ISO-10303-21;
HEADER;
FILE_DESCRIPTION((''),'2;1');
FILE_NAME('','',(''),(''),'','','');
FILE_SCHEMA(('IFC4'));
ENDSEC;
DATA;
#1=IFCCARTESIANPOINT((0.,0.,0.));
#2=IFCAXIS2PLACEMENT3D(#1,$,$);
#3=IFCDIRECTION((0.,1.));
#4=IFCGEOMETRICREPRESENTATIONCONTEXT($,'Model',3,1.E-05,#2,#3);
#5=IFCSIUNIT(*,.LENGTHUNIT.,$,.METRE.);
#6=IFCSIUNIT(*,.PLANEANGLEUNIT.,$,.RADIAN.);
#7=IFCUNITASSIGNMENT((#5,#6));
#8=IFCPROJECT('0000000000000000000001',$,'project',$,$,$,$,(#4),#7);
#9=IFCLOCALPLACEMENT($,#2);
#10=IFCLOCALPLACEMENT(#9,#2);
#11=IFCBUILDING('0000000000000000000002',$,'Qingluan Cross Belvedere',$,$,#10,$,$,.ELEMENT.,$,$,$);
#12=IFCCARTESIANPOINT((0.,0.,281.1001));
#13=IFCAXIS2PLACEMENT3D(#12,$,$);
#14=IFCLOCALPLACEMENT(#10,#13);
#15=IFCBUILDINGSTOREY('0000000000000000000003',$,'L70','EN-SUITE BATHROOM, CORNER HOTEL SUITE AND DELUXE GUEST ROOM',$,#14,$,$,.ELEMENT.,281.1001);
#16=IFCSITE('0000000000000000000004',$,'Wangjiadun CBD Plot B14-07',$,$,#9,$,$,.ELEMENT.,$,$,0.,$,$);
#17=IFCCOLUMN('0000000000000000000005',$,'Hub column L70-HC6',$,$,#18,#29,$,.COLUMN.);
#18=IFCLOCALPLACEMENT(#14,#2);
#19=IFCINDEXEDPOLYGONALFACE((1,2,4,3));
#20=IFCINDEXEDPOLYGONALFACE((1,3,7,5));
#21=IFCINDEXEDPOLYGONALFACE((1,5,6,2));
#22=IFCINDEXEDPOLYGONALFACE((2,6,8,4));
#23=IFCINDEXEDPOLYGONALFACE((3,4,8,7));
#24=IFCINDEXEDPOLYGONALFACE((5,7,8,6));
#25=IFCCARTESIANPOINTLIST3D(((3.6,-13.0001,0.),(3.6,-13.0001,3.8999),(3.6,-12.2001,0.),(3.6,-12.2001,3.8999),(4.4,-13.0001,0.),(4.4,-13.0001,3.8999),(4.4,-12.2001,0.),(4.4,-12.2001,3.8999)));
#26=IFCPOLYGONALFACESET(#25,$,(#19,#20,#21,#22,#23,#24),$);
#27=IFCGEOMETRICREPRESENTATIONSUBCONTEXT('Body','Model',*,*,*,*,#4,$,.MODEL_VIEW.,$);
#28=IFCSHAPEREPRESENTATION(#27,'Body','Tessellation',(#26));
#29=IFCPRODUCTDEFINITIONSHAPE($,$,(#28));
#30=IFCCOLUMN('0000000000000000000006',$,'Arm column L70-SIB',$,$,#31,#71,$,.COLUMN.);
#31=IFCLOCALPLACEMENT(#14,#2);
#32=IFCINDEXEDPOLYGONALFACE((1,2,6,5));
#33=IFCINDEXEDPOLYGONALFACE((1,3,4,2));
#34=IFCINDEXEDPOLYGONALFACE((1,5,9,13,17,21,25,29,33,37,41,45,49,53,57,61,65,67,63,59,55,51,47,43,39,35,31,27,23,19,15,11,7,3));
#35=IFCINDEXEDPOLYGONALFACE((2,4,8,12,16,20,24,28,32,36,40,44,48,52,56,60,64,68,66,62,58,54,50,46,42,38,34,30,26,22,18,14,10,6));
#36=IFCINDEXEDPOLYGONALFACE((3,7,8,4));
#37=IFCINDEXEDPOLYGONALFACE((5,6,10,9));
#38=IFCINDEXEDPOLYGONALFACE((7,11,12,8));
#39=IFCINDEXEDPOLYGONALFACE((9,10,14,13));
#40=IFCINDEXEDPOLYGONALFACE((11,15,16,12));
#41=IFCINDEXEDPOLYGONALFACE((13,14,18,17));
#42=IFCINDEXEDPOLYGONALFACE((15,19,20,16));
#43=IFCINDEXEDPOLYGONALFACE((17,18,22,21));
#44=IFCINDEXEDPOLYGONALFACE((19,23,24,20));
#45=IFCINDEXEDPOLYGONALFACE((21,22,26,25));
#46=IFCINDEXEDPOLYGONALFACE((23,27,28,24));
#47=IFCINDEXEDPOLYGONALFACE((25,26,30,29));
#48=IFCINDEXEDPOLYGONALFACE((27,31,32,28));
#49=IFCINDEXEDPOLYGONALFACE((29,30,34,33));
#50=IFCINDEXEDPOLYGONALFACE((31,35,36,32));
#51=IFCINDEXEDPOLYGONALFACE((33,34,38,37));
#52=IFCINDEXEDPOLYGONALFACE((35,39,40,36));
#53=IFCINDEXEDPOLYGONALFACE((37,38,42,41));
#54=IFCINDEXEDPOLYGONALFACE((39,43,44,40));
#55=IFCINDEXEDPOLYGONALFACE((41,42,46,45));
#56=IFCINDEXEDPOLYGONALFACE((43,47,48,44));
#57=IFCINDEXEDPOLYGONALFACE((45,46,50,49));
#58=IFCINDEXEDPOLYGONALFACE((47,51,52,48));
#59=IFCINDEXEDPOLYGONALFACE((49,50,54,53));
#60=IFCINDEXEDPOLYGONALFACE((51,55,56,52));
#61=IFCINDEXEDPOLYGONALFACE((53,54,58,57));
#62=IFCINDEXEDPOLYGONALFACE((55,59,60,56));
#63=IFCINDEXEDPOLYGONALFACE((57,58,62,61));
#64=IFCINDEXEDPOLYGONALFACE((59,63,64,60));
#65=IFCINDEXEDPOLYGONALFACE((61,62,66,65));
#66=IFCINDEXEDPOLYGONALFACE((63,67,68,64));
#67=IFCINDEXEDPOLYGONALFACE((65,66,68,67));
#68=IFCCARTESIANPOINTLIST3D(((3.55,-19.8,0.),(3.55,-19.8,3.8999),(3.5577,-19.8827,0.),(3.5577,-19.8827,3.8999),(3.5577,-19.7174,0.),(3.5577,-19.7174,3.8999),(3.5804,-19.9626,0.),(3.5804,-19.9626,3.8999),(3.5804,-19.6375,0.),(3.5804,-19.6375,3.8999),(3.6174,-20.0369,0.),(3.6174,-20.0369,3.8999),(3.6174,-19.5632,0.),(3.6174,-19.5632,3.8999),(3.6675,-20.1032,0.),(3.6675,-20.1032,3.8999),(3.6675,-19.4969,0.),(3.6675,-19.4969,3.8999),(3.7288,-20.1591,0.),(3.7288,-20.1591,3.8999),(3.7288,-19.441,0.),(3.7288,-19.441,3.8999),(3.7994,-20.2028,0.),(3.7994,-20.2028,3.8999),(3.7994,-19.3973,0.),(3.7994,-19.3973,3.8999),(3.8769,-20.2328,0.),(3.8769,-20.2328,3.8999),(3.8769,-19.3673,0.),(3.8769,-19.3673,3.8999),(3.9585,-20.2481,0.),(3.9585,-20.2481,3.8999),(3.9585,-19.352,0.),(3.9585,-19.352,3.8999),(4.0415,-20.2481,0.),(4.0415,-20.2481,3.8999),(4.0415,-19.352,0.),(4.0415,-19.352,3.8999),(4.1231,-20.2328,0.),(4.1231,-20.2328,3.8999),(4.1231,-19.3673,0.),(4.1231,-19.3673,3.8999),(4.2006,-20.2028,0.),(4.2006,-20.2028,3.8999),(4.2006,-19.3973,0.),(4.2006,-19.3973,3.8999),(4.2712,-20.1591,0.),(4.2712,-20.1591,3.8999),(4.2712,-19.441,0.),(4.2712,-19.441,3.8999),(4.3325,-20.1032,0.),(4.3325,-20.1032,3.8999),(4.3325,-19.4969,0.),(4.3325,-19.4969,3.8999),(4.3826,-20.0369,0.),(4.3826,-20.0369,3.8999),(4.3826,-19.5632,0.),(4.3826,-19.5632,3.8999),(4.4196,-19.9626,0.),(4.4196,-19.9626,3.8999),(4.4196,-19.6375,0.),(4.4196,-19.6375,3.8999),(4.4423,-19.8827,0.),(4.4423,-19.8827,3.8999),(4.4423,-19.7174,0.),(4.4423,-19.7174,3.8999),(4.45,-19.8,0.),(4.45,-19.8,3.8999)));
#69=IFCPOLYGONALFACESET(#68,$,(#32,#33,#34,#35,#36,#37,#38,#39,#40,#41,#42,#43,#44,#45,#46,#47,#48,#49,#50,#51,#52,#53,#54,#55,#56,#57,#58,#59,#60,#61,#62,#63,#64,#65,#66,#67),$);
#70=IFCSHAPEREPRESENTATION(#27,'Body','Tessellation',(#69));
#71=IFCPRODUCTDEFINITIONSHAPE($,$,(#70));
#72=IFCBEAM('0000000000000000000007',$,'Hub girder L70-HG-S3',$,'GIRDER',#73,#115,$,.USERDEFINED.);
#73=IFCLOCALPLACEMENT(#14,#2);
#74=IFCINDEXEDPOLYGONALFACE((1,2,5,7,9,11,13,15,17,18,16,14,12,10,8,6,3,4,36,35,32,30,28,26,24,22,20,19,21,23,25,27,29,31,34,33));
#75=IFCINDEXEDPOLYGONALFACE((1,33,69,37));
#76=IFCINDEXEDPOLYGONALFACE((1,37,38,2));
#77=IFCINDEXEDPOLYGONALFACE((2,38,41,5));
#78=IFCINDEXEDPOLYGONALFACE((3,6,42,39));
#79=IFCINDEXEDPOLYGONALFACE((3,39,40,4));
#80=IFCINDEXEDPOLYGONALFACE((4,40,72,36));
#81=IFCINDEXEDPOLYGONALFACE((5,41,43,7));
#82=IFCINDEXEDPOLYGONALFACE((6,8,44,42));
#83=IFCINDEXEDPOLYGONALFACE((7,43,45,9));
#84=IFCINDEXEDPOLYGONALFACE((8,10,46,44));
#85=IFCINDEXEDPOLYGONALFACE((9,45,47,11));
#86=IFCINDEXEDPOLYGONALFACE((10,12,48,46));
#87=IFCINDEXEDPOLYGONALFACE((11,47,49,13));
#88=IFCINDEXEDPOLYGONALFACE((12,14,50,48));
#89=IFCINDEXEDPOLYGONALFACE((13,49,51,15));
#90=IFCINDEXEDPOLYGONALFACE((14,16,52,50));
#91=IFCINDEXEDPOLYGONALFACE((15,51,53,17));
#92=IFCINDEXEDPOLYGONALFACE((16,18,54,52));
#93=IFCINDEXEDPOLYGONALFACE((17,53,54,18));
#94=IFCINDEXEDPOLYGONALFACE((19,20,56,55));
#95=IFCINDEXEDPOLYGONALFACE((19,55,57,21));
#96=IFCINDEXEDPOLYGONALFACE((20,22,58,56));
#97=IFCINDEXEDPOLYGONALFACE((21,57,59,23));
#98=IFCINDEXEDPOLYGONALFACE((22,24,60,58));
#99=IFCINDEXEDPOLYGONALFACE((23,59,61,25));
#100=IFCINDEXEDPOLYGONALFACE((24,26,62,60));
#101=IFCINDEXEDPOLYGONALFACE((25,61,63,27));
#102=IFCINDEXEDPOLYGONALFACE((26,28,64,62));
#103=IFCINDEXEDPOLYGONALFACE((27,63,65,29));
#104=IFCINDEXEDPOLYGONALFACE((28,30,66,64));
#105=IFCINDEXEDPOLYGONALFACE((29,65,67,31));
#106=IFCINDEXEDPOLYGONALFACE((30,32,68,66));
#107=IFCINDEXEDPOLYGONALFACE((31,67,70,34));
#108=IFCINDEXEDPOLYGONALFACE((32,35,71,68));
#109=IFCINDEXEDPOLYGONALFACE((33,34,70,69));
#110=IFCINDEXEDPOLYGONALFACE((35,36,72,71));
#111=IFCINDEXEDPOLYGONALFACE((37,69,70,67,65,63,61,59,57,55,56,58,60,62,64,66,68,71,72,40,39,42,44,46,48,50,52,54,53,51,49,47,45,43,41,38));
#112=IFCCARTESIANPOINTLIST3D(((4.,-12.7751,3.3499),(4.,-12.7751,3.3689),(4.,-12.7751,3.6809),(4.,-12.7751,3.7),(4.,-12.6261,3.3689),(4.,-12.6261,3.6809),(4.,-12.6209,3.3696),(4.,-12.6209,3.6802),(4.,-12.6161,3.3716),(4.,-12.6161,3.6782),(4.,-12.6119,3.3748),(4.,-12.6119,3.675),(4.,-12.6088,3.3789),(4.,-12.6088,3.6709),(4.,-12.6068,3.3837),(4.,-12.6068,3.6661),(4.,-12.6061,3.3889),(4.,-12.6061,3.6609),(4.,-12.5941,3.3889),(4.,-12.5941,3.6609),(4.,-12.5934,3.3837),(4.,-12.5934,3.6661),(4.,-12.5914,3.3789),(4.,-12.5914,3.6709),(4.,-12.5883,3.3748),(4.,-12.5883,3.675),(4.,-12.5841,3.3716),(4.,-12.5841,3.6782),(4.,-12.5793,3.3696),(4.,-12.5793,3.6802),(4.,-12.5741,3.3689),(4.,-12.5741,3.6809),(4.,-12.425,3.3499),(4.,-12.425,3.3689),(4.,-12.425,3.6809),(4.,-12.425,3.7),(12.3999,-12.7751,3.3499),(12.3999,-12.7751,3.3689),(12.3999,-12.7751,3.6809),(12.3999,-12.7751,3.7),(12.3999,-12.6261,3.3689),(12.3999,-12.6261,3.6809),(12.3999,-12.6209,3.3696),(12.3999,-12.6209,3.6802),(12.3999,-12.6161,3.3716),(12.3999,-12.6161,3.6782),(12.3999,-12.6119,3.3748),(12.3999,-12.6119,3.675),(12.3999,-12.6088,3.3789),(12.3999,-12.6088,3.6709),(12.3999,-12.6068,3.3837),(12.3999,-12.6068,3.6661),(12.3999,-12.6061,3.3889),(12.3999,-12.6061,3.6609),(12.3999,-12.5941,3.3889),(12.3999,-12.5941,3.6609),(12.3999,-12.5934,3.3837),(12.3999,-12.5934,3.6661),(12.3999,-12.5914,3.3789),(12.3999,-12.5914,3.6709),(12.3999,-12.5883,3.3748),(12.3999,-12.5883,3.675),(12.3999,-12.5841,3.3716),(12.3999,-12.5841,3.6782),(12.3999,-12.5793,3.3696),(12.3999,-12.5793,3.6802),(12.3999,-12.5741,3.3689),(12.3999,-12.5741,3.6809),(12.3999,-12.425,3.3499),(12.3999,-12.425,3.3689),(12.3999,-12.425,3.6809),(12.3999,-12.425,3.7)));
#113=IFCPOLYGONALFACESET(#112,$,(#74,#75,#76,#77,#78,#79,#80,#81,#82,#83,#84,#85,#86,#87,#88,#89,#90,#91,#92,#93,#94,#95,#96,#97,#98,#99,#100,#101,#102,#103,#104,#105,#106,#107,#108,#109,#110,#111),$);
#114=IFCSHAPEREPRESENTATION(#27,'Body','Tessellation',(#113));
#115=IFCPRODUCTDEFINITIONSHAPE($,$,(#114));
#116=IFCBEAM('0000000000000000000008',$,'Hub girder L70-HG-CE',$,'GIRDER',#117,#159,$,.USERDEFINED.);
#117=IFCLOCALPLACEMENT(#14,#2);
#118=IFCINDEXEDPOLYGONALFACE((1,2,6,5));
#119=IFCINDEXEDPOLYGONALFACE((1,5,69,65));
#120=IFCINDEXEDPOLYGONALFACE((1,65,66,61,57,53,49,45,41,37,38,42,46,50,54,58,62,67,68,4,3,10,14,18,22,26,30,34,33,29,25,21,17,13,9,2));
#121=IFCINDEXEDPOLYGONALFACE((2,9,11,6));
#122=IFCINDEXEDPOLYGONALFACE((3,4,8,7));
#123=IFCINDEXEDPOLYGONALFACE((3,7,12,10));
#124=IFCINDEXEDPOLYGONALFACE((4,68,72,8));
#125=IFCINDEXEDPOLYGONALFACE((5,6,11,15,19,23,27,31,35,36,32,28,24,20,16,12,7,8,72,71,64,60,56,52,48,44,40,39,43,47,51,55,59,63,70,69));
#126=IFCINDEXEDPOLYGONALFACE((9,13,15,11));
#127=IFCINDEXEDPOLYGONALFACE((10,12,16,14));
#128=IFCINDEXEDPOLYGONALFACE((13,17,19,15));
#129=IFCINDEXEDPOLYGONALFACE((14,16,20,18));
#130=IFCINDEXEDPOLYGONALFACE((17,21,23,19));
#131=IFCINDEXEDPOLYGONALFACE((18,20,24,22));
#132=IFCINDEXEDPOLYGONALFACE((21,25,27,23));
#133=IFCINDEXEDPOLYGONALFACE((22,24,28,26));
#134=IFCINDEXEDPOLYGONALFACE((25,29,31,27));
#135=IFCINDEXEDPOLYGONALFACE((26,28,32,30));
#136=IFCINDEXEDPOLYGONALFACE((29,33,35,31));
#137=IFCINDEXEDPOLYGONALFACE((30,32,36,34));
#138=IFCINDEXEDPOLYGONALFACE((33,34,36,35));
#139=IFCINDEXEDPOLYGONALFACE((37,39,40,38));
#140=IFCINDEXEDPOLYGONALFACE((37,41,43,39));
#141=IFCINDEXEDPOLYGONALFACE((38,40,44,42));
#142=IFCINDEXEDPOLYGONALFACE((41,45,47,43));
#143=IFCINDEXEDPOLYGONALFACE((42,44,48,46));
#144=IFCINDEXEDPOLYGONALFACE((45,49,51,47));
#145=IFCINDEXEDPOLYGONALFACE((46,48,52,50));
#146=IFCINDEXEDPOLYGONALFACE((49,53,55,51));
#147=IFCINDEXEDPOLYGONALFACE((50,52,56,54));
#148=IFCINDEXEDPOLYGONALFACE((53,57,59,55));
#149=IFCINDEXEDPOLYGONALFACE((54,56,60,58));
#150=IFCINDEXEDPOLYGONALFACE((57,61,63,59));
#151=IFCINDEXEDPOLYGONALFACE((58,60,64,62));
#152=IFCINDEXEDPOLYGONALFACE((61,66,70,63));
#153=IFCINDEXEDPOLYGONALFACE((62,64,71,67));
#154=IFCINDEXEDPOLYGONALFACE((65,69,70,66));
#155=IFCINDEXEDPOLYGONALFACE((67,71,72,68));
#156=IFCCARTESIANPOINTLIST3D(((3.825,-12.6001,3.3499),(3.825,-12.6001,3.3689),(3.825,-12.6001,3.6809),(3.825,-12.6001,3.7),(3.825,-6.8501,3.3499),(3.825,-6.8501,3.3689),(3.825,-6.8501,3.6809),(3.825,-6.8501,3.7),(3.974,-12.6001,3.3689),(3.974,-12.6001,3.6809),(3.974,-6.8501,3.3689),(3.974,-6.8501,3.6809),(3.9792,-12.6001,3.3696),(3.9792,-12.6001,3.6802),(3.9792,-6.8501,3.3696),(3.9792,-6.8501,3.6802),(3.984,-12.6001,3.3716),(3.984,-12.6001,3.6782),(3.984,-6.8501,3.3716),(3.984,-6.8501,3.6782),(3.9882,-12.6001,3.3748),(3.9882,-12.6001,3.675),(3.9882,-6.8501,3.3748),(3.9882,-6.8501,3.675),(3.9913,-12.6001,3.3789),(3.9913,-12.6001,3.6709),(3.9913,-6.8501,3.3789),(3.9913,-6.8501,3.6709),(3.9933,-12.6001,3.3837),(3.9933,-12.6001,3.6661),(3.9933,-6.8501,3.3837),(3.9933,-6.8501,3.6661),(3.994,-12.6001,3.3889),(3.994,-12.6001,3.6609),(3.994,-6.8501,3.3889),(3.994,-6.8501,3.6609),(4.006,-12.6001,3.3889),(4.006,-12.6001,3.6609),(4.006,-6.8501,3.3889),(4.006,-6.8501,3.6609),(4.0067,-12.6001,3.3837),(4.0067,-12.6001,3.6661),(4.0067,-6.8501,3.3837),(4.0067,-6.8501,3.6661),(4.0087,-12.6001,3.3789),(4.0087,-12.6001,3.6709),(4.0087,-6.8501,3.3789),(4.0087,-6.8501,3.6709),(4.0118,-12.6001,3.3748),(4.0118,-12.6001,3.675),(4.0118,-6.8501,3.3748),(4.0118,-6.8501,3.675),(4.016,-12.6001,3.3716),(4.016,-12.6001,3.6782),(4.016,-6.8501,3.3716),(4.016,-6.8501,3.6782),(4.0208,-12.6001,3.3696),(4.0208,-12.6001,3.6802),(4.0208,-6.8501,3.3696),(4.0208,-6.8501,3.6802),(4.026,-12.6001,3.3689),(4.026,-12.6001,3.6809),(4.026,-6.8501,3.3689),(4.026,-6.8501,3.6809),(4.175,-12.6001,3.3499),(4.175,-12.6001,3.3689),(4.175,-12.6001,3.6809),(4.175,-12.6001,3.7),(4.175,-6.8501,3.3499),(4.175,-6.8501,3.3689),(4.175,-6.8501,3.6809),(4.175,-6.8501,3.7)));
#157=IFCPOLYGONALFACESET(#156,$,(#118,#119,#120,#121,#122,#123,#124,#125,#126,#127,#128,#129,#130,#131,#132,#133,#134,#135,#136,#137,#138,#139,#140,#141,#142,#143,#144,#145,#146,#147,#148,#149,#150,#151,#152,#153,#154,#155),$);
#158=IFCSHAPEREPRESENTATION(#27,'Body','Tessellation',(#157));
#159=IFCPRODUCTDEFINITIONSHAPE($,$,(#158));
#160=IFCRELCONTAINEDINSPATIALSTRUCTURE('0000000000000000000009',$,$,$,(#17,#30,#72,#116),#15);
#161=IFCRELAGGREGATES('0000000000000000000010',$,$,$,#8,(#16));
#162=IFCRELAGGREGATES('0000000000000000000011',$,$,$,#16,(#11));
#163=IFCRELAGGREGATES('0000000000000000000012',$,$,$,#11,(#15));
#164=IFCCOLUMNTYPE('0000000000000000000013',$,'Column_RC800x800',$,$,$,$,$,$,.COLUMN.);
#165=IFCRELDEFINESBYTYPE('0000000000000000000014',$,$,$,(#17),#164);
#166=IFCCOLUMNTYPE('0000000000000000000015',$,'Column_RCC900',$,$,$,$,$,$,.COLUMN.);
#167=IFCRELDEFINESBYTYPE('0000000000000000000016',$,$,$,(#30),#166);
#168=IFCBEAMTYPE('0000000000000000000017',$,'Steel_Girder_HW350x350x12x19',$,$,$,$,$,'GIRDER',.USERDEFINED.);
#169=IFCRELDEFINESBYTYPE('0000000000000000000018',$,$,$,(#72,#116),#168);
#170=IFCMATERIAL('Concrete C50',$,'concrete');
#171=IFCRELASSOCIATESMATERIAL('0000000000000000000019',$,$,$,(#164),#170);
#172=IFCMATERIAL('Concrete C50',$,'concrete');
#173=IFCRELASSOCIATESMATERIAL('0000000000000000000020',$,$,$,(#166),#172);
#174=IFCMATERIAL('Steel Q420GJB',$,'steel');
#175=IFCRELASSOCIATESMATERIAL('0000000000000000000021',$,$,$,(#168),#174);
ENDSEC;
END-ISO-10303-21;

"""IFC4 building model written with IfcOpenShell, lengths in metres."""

from ifc_helpers import new_model, si_unit, direction, frame, origin, origin_2d, place, context, subcontext, project, spatial, rectangle, circle, i_section, extrude, material, material_profile, profile_set, type_object, element, save


model = new_model("IFC4")

# Units and contexts
model_context = context("Model", 3, precision=1e-05, world=origin(), true_north=direction((0.0, 1.0)))
body_context = subcontext(model_context, "Body", "Model", "MODEL_VIEW")
ifc_project = project(units=[si_unit("LENGTHUNIT", "METRE"), si_unit("PLANEANGLEUNIT", "RADIAN")], contexts=[model_context])

# Site, building, storey
site_placement = place(None, origin())
site = spatial("IfcSite", under=ifc_project, at=site_placement, Name="Wangjiadun CBD Plot B14-07", CompositionType="ELEMENT", RefElevation=0.0)
building_placement = place(site_placement, origin())
building = spatial("IfcBuilding", under=site, at=building_placement, Name="Qingluan Cross Belvedere", CompositionType="ELEMENT")
storey_placement = place(building_placement, frame((0.0, 0.0, 281.1001)))
storey = spatial("IfcBuildingStorey", under=building, at=storey_placement, Name="L70", Description="EN-SUITE BATHROOM, CORNER HOTEL SUITE AND DELUXE GUEST ROOM", CompositionType="ELEMENT", Elevation=281.1001)

# Columns
ifc_material_1 = material(Name="Concrete C50", Category="concrete")
ifc_material_profile_1 = material_profile(ifc_material_1, rectangle(XDim=0.8, YDim=0.8, at=origin_2d()), Name="RC800x800")
ifc_profile_set_1 = profile_set([ifc_material_profile_1], Name="Concrete C50")
column_type_1 = type_object("IfcColumnType", Name="Column_RC800x800", PredefinedType="COLUMN", material=ifc_profile_set_1)
column_1_placement = place(storey_placement, frame((4.0, -12.6001, 0.0), z_axis=(0.0, 0.0, 1.0), x_axis=(1.0, 0.0, 0.0)))
element("IfcColumn", 1, at=column_1_placement, inside=storey, type_object=column_type_1, Name="Hub column L70-HC6", PredefinedType="COLUMN", context=body_context, shape_type="SweptSolid", body=[
    extrude(rectangle(XDim=0.8, YDim=0.8, at=origin_2d()), origin(), (0.0, 0.0, 1.0), 3.8999),
])
ifc_material_2 = material(Name="Concrete C50", Category="concrete")
ifc_material_profile_2 = material_profile(ifc_material_2, circle(Radius=0.45, at=origin_2d()), Name="RCC900")
ifc_profile_set_2 = profile_set([ifc_material_profile_2], Name="Concrete C50")
column_type_2 = type_object("IfcColumnType", Name="Column_RCC900", PredefinedType="COLUMN", material=ifc_profile_set_2)
column_2_placement = place(storey_placement, frame((4.0, -19.8, 0.0), z_axis=(0.0, 0.0, 1.0), x_axis=(1.0, 0.0, 0.0)))
element("IfcColumn", 2, at=column_2_placement, inside=storey, type_object=column_type_2, Name="Arm column L70-SIB", PredefinedType="COLUMN", context=body_context, shape_type="SweptSolid", body=[
    extrude(circle(Radius=0.45, at=origin_2d()), origin(), (0.0, 0.0, 1.0), 3.8999),
])

# Beams
ifc_material_3 = material(Name="Steel Q420GJB", Category="steel")
ifc_material_profile_3 = material_profile(ifc_material_3, i_section(OverallWidth=0.3501, OverallDepth=0.3501, WebThickness=0.012, FlangeThickness=0.019, FilletRadius=0.02, at=origin_2d()), Name="HW350x350x12x19")
ifc_profile_set_3 = profile_set([ifc_material_profile_3], Name="Steel Q420GJB")
beam_type = type_object("IfcBeamType", Name="Steel_Girder_HW350x350x12x19", ElementType="GIRDER", PredefinedType="USERDEFINED", material=ifc_profile_set_3)
beam_1_placement = place(storey_placement, frame((4.0, -12.6001, 3.5249), z_axis=(1.0, 0.0, 0.0), x_axis=(0.0, 1.0, 0.0)))
element("IfcBeam", 3, at=beam_1_placement, inside=storey, type_object=beam_type, Name="Hub girder L70-HG-S3", ObjectType="GIRDER", PredefinedType="USERDEFINED", context=body_context, shape_type="SweptSolid", body=[
    extrude(i_section(OverallWidth=0.3501, OverallDepth=0.3501, WebThickness=0.012, FlangeThickness=0.019, FilletRadius=0.02, at=origin_2d()), origin(), (0.0, 0.0, 1.0), 8.3999),
])
beam_2_placement = place(storey_placement, frame((4.0, -12.6001, 3.5249), z_axis=(0.0, 1.0, 0.0), x_axis=(-1.0, 0.0, 0.0)))
element("IfcBeam", 4, at=beam_2_placement, inside=storey, type_object=beam_type, Name="Hub girder L70-HG-CE", ObjectType="GIRDER", PredefinedType="USERDEFINED", context=body_context, shape_type="SweptSolid", body=[
    extrude(i_section(OverallWidth=0.3501, OverallDepth=0.3501, WebThickness=0.012, FlangeThickness=0.019, FilletRadius=0.02, at=origin_2d()), origin(), (0.0, 0.0, 1.0), 5.75),
])

save(model, "model.ifc")
